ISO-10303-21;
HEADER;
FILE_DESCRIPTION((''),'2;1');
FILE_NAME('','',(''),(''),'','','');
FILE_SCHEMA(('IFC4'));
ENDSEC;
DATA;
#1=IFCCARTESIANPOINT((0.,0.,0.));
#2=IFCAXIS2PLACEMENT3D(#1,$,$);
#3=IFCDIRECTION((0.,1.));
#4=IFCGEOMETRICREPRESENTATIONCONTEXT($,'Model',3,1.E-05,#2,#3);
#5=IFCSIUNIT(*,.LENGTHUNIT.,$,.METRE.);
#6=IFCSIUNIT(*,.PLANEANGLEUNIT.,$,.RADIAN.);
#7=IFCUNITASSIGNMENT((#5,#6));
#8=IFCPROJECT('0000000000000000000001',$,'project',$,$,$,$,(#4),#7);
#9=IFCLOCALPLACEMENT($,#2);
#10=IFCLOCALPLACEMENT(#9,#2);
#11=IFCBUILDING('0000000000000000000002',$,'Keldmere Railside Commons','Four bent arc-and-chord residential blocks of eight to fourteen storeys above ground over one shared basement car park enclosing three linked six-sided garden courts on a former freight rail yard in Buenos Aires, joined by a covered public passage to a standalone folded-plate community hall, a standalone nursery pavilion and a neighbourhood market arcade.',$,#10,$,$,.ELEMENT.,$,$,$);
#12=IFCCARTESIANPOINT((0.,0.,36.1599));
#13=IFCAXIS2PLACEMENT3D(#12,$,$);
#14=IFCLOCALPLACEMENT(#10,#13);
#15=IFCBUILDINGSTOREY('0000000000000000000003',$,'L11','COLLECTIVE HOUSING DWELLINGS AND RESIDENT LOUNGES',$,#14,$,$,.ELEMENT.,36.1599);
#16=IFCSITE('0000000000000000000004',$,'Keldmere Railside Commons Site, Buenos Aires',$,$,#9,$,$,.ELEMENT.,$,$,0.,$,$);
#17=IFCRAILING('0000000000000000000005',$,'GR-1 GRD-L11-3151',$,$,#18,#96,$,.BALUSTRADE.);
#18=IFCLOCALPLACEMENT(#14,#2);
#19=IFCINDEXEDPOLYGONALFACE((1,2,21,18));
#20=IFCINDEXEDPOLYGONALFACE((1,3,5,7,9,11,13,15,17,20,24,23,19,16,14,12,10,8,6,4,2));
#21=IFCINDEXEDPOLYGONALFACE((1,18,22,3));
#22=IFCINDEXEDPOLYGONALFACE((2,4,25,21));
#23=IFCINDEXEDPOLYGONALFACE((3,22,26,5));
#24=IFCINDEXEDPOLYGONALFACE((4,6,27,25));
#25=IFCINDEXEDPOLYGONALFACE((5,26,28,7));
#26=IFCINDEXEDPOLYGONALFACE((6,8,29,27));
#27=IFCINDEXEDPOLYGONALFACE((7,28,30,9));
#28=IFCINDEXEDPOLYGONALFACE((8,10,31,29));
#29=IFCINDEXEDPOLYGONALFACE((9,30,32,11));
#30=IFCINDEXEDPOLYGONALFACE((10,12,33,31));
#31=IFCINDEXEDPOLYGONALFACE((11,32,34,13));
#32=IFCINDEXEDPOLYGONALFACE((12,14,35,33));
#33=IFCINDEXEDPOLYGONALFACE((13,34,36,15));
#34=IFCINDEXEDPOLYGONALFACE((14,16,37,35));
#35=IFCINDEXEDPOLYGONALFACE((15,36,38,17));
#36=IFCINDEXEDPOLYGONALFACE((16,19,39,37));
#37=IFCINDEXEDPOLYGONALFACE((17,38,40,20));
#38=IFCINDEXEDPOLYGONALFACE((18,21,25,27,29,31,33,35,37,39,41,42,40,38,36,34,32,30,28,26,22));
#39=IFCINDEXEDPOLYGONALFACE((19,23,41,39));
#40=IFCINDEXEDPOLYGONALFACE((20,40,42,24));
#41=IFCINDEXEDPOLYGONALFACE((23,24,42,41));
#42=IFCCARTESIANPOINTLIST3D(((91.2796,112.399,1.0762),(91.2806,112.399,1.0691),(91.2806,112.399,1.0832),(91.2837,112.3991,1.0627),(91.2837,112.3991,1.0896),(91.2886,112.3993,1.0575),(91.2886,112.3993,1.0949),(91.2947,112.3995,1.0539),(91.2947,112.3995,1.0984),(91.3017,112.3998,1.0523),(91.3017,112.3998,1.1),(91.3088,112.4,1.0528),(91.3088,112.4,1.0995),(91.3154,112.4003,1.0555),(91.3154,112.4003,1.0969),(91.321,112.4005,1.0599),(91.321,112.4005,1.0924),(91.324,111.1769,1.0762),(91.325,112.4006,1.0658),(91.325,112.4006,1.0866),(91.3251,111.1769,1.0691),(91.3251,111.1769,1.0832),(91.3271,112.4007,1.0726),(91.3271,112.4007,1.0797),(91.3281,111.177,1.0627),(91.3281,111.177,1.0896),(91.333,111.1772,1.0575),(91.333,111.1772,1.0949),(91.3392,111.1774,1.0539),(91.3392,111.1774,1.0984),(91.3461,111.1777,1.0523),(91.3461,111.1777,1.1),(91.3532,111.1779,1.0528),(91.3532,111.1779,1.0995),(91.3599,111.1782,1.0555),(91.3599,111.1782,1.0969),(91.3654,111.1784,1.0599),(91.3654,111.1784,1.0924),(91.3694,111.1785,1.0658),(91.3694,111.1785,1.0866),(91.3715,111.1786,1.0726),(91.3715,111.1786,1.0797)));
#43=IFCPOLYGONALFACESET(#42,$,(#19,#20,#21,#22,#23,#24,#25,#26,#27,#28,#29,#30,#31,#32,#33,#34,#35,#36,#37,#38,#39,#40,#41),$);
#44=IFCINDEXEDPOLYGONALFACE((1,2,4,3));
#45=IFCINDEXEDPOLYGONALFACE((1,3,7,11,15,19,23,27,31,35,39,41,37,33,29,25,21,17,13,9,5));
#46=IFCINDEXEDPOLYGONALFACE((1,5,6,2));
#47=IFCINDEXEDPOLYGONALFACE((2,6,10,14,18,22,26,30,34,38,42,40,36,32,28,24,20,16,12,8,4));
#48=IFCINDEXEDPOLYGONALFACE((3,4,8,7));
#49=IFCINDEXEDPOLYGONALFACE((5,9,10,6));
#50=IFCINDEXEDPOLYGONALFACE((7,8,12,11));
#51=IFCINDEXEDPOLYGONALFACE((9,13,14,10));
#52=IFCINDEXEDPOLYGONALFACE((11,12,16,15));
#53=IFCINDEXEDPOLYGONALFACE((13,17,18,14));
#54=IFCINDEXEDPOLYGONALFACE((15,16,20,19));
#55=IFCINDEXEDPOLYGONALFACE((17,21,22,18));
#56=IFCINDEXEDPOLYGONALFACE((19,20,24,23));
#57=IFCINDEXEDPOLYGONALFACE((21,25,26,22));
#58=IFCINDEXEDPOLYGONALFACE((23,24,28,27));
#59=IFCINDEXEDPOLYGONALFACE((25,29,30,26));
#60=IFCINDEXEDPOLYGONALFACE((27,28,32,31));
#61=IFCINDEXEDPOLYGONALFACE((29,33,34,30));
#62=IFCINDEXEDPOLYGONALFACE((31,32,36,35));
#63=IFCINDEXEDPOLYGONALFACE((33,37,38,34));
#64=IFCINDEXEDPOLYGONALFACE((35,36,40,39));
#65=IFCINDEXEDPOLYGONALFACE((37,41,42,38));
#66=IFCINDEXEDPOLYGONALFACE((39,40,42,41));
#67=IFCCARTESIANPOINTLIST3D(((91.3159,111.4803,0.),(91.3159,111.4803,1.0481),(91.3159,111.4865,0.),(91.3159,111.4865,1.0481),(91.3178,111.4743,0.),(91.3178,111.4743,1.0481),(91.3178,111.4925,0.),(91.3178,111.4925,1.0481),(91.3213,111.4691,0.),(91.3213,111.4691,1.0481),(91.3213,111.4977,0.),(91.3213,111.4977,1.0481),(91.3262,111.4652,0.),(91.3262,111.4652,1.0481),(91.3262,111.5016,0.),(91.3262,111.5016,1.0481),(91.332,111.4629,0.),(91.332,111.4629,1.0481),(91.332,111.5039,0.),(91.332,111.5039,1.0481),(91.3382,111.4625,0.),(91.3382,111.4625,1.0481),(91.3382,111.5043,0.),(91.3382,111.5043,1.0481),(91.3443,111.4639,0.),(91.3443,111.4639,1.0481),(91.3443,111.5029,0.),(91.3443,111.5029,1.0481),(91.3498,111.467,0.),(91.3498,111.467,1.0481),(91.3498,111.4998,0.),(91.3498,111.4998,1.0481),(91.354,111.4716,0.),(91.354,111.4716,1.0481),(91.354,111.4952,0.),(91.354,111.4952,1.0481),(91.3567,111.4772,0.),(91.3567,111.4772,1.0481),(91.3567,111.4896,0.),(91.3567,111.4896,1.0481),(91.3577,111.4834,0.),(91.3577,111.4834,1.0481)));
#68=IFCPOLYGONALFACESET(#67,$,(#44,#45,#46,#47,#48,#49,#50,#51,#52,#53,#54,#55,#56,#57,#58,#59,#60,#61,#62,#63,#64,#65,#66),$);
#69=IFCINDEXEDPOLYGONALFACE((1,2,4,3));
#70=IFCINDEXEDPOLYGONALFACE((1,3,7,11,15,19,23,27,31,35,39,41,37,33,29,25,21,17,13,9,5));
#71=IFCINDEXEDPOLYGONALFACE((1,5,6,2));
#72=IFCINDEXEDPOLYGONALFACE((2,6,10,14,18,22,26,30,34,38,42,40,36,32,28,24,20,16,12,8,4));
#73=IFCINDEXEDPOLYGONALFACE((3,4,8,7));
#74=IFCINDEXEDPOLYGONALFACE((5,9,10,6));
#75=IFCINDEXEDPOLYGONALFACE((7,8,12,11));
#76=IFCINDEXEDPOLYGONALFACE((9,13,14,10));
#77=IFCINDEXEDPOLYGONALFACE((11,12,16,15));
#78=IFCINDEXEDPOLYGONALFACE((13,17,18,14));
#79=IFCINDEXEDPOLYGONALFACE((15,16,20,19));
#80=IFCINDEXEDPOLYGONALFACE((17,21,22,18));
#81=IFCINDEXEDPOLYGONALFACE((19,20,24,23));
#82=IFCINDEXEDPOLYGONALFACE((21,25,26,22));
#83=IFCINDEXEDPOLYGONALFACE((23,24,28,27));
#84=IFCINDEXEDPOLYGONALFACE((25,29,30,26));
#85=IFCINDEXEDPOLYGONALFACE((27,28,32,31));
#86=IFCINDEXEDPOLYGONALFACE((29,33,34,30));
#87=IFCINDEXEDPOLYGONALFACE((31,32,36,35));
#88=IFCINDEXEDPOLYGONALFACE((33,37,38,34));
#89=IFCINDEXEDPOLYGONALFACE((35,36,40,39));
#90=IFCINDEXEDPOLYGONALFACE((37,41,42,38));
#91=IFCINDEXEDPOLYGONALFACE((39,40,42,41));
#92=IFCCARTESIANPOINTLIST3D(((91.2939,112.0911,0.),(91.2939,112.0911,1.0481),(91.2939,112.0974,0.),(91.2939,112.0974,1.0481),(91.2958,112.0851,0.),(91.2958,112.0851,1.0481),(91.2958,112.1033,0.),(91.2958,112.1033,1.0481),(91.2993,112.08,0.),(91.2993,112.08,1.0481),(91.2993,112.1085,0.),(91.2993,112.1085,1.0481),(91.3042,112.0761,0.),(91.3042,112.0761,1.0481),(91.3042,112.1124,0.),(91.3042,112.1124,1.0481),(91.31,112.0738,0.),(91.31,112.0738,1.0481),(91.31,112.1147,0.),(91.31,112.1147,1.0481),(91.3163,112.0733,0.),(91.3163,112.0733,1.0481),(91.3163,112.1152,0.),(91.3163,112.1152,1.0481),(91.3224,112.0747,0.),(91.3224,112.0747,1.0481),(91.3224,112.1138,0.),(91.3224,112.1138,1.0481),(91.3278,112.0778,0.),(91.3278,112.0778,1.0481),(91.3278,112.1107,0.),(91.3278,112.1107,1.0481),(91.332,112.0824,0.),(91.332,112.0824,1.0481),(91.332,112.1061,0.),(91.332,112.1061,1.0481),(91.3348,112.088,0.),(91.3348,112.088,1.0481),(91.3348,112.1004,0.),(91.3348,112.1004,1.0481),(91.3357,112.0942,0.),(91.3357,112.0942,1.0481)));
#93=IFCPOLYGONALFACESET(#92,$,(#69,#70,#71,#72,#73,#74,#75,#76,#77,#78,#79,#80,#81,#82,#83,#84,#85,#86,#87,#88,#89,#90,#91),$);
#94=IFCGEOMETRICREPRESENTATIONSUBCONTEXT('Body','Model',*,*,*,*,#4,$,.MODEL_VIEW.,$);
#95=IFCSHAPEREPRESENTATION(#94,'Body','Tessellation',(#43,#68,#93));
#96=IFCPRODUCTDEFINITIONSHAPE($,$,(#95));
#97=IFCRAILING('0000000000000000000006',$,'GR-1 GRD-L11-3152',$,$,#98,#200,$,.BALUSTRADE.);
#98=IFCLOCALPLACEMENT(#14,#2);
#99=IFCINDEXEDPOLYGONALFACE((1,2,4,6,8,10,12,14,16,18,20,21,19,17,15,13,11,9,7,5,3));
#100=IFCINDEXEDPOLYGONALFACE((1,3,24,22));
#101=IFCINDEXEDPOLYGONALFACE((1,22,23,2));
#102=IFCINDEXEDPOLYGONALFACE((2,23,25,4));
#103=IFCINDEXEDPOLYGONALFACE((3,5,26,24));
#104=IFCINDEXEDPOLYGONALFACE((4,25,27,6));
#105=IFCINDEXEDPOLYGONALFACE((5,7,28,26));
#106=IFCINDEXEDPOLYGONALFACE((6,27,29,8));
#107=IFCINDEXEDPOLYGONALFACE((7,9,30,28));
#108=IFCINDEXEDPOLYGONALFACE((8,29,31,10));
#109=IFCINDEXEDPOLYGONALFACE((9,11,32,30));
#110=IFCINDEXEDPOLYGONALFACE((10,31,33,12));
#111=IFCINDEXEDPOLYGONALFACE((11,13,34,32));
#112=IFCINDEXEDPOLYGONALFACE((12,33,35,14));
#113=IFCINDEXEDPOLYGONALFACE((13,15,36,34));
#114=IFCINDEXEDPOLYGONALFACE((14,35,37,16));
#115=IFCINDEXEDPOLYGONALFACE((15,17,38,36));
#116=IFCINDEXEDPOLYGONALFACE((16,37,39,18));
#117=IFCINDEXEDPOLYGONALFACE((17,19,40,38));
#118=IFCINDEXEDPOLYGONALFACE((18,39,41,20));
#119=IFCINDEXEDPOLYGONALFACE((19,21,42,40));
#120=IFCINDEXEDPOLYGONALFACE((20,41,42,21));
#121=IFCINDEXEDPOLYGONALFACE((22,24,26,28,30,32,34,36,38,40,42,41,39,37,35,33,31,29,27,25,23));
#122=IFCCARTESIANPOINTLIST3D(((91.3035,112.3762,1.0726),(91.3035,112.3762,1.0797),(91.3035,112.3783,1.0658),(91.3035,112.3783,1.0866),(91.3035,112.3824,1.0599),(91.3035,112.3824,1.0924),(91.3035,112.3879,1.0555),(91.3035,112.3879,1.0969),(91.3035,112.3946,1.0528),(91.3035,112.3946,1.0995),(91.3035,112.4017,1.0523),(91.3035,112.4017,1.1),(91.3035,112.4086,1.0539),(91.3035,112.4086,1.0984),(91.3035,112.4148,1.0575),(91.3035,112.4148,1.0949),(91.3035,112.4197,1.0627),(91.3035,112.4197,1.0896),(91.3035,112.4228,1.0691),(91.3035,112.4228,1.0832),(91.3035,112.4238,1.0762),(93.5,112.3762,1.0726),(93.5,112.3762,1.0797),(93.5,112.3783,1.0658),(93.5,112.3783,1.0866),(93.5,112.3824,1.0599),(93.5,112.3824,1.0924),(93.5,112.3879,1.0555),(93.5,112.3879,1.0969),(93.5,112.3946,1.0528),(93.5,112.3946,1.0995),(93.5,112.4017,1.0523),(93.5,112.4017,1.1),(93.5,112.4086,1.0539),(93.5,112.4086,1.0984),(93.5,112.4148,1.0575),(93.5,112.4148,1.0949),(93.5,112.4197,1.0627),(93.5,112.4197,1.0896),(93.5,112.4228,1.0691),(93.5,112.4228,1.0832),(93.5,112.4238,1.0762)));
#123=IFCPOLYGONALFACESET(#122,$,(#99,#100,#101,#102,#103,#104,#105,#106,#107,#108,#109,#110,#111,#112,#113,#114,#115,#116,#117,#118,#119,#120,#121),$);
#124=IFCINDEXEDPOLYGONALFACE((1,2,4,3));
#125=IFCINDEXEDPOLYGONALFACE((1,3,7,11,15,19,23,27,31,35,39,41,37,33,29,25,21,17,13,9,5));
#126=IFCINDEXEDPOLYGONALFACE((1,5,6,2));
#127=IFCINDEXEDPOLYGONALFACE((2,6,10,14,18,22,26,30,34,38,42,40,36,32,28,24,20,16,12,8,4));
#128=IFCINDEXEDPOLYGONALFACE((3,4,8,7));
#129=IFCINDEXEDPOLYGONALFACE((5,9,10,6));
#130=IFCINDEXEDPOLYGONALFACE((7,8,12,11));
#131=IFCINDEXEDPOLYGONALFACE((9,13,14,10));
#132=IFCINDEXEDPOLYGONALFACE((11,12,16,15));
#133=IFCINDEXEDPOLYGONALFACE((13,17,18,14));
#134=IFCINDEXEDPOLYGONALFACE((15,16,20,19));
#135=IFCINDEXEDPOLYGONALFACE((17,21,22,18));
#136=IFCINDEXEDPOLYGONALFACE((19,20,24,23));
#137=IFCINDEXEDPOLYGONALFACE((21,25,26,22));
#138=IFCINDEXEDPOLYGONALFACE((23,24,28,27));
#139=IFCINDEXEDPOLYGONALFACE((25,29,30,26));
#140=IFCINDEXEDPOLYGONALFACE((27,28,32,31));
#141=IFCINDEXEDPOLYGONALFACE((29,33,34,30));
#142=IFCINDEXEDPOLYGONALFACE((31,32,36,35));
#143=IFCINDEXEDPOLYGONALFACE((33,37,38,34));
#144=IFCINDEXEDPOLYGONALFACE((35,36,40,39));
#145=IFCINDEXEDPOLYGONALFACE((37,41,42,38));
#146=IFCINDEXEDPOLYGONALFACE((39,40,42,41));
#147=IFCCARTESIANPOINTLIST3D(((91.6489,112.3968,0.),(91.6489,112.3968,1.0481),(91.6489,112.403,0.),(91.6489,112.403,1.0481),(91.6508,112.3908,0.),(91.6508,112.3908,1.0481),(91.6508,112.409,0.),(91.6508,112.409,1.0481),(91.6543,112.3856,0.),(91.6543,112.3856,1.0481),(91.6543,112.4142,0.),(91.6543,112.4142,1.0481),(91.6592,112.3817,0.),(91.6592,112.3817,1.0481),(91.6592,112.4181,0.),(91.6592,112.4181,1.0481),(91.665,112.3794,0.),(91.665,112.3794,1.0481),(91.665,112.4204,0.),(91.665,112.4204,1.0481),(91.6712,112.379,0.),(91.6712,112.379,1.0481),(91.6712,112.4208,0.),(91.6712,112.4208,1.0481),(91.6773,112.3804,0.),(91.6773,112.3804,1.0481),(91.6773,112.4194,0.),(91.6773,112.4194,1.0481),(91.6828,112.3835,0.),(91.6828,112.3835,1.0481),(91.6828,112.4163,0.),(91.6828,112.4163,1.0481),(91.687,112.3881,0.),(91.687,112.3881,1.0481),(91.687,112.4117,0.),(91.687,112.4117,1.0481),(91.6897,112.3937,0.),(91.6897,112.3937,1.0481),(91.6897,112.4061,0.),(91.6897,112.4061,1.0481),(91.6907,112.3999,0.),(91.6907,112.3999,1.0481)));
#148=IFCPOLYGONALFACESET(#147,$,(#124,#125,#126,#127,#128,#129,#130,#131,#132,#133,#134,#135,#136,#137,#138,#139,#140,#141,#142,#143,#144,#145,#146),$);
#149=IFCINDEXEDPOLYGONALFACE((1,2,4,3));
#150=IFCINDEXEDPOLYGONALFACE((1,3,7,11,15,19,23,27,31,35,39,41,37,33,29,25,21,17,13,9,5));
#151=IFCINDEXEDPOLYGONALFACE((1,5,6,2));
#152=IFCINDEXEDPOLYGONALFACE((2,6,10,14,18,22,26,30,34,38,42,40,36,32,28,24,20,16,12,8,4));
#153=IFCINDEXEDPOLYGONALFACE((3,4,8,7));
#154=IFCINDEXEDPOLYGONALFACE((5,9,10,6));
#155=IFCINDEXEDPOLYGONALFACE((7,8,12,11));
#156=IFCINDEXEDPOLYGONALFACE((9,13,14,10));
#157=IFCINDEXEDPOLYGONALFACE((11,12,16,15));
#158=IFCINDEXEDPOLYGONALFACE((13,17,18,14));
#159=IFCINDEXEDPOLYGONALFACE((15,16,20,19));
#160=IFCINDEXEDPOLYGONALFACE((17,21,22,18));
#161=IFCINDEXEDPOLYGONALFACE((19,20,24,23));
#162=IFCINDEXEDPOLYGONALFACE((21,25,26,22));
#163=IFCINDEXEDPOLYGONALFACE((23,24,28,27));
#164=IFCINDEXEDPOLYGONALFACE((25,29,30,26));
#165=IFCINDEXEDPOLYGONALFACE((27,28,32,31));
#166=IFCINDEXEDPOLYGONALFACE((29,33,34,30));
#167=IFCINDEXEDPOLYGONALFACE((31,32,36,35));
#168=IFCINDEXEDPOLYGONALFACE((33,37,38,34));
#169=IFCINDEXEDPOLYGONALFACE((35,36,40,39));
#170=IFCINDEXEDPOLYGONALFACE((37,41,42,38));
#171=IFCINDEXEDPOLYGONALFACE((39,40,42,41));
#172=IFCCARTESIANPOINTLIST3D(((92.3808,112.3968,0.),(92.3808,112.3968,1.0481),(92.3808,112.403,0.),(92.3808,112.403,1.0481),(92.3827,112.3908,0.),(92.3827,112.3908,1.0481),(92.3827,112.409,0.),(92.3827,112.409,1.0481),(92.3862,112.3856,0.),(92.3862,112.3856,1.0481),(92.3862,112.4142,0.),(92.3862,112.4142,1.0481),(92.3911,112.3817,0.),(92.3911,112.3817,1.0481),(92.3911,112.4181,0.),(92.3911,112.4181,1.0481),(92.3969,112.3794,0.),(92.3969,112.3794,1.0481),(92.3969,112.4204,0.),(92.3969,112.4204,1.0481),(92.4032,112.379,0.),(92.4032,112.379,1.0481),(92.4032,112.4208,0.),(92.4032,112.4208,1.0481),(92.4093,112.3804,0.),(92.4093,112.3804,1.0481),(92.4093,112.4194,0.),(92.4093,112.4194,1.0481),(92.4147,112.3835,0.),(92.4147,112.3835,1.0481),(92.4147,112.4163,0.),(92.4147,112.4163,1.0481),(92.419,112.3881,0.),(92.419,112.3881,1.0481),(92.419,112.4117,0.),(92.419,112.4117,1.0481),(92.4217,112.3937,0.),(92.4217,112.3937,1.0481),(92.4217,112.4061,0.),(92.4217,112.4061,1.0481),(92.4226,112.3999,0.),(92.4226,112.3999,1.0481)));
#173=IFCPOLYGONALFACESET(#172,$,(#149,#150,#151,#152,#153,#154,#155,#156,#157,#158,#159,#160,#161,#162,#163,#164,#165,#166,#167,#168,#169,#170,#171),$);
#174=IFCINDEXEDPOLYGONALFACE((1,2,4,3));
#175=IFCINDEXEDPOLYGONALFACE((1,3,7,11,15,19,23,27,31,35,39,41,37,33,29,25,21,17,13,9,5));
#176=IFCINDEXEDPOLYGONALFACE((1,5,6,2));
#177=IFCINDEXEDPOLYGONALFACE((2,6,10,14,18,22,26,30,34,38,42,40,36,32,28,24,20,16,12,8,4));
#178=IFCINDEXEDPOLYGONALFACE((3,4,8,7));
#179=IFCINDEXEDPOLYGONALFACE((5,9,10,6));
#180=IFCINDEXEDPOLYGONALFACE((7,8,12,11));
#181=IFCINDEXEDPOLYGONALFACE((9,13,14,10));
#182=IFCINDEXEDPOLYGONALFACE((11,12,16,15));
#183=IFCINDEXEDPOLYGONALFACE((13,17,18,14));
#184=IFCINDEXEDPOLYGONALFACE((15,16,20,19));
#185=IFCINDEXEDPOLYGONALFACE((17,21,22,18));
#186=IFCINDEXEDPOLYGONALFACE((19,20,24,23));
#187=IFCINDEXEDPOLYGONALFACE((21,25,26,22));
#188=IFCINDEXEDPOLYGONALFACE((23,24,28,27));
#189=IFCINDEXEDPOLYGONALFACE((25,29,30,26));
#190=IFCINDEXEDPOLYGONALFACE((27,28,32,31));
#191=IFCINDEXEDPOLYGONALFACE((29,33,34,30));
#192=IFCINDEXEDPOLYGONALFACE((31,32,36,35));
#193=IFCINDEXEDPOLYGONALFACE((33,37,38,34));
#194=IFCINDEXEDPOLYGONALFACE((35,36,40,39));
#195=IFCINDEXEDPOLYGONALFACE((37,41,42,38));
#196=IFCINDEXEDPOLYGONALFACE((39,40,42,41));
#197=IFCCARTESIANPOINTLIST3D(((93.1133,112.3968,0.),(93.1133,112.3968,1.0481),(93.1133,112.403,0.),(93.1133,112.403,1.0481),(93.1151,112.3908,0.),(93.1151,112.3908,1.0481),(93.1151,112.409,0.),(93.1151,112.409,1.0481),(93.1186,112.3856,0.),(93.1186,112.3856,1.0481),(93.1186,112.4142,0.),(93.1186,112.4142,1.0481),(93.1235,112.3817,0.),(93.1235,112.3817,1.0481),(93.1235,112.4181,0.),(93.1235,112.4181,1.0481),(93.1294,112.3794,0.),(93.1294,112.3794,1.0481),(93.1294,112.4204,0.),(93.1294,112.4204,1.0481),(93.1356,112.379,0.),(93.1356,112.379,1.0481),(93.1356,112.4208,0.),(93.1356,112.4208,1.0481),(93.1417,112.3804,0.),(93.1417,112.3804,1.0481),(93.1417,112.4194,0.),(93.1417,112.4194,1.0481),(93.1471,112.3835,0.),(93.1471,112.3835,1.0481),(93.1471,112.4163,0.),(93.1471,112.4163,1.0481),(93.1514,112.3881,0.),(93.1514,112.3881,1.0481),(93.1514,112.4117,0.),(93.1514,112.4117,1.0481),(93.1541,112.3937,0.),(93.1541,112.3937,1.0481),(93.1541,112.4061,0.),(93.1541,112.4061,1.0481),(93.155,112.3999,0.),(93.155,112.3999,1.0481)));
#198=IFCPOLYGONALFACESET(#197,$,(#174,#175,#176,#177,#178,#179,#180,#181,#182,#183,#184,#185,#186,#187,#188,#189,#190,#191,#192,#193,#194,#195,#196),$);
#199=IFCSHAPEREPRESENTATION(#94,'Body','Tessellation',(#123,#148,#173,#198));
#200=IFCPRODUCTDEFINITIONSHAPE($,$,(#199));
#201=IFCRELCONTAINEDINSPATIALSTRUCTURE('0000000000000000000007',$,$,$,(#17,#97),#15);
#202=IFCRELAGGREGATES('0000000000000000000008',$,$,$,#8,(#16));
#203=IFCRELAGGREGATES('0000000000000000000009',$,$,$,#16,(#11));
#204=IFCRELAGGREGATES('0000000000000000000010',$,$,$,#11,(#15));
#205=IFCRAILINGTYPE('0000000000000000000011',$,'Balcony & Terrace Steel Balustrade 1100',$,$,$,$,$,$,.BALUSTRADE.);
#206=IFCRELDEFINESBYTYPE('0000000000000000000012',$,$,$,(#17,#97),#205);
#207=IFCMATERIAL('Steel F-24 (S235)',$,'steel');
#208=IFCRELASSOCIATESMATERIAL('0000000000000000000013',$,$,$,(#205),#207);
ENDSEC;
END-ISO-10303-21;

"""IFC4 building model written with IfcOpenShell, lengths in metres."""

from ifc_helpers import new_model, si_unit, direction, frame, origin, origin_2d, place, context, subcontext, project, spatial, circle, extrude, material, type_object, element, save


model = new_model("IFC4")

# Units and contexts
model_context = context("Model", 3, precision=1e-05, world=origin(), true_north=direction((0.0, 1.0)))
body_context = subcontext(model_context, "Body", "Model", "MODEL_VIEW")
ifc_project = project(units=[si_unit("LENGTHUNIT", "METRE"), si_unit("PLANEANGLEUNIT", "RADIAN")], contexts=[model_context])

# Site, building, storey
site_placement = place(None, origin())
site = spatial("IfcSite", under=ifc_project, at=site_placement, Name="Keldmere Railside Commons Site, Buenos Aires", CompositionType="ELEMENT", RefElevation=0.0)
building_placement = place(site_placement, origin())
building = spatial("IfcBuilding", under=site, at=building_placement, Name="Keldmere Railside Commons", Description="Four bent arc-and-chord residential blocks of eight to fourteen storeys above ground over one shared basement car park enclosing three linked six-sided garden courts on a former freight rail yard in Buenos Aires, joined by a covered public passage to a standalone folded-plate community hall, a standalone nursery pavilion and a neighbourhood market arcade.", CompositionType="ELEMENT")
storey_placement = place(building_placement, frame((0.0, 0.0, 36.1599)))
storey = spatial("IfcBuildingStorey", under=building, at=storey_placement, Name="L11", Description="COLLECTIVE HOUSING DWELLINGS AND RESIDENT LOUNGES", CompositionType="ELEMENT", Elevation=36.1599)

# Railings
ifc_material_1 = material(Name="Steel F-24 (S235)", Category="steel")
railing_type = type_object("IfcRailingType", Name="Balcony & Terrace Steel Balustrade 1100", PredefinedType="BALUSTRADE", material=ifc_material_1)
railing_1_placement = place(storey_placement, frame((91.3479, 111.1777, 0.0)))
element("IfcRailing", 1, at=railing_1_placement, inside=storey, type_object=railing_type, Name="GR-1 GRD-L11-3151", PredefinedType="BALUSTRADE", context=body_context, shape_type="SweptSolid", body=[
    extrude(circle(Radius=0.0239, at=origin_2d()), frame((0.0, 0.0, 1.0762), z_axis=(-0.036332, 0.99934, 0.0), x_axis=(-0.99934, -0.036332, 0.0)), (0.0, 0.0, 1.0), 1.2229),
    extrude(circle(Radius=0.021, at=origin_2d()), frame((-0.0112, 0.3057, 0.0)), (0.0, 0.0, 1.0), 1.0481),
    extrude(circle(Radius=0.021, at=origin_2d()), frame((-0.0332, 0.9165, 0.0)), (0.0, 0.0, 1.0), 1.0481),
])
railing_2_placement = place(storey_placement, frame((91.3035, 112.3999, 0.0)))
element("IfcRailing", 2, at=railing_2_placement, inside=storey, type_object=railing_type, Name="GR-1 GRD-L11-3152", PredefinedType="BALUSTRADE", context=body_context, shape_type="SweptSolid", body=[
    extrude(circle(Radius=0.0239, at=origin_2d()), frame((0.0, 0.0, 1.0762), z_axis=(1.0, 0.0, 0.0), x_axis=(0.0, 1.0, 0.0)), (0.0, 0.0, 1.0), 2.1965),
    extrude(circle(Radius=0.021, at=origin_2d()), frame((0.3662, 0.0, 0.0)), (0.0, 0.0, 1.0), 1.0481),
    extrude(circle(Radius=0.021, at=origin_2d()), frame((1.0981, 0.0, 0.0)), (0.0, 0.0, 1.0), 1.0481),
    extrude(circle(Radius=0.021, at=origin_2d()), frame((1.8306, 0.0, 0.0)), (0.0, 0.0, 1.0), 1.0481),
])

save(model, "model.ifc")
